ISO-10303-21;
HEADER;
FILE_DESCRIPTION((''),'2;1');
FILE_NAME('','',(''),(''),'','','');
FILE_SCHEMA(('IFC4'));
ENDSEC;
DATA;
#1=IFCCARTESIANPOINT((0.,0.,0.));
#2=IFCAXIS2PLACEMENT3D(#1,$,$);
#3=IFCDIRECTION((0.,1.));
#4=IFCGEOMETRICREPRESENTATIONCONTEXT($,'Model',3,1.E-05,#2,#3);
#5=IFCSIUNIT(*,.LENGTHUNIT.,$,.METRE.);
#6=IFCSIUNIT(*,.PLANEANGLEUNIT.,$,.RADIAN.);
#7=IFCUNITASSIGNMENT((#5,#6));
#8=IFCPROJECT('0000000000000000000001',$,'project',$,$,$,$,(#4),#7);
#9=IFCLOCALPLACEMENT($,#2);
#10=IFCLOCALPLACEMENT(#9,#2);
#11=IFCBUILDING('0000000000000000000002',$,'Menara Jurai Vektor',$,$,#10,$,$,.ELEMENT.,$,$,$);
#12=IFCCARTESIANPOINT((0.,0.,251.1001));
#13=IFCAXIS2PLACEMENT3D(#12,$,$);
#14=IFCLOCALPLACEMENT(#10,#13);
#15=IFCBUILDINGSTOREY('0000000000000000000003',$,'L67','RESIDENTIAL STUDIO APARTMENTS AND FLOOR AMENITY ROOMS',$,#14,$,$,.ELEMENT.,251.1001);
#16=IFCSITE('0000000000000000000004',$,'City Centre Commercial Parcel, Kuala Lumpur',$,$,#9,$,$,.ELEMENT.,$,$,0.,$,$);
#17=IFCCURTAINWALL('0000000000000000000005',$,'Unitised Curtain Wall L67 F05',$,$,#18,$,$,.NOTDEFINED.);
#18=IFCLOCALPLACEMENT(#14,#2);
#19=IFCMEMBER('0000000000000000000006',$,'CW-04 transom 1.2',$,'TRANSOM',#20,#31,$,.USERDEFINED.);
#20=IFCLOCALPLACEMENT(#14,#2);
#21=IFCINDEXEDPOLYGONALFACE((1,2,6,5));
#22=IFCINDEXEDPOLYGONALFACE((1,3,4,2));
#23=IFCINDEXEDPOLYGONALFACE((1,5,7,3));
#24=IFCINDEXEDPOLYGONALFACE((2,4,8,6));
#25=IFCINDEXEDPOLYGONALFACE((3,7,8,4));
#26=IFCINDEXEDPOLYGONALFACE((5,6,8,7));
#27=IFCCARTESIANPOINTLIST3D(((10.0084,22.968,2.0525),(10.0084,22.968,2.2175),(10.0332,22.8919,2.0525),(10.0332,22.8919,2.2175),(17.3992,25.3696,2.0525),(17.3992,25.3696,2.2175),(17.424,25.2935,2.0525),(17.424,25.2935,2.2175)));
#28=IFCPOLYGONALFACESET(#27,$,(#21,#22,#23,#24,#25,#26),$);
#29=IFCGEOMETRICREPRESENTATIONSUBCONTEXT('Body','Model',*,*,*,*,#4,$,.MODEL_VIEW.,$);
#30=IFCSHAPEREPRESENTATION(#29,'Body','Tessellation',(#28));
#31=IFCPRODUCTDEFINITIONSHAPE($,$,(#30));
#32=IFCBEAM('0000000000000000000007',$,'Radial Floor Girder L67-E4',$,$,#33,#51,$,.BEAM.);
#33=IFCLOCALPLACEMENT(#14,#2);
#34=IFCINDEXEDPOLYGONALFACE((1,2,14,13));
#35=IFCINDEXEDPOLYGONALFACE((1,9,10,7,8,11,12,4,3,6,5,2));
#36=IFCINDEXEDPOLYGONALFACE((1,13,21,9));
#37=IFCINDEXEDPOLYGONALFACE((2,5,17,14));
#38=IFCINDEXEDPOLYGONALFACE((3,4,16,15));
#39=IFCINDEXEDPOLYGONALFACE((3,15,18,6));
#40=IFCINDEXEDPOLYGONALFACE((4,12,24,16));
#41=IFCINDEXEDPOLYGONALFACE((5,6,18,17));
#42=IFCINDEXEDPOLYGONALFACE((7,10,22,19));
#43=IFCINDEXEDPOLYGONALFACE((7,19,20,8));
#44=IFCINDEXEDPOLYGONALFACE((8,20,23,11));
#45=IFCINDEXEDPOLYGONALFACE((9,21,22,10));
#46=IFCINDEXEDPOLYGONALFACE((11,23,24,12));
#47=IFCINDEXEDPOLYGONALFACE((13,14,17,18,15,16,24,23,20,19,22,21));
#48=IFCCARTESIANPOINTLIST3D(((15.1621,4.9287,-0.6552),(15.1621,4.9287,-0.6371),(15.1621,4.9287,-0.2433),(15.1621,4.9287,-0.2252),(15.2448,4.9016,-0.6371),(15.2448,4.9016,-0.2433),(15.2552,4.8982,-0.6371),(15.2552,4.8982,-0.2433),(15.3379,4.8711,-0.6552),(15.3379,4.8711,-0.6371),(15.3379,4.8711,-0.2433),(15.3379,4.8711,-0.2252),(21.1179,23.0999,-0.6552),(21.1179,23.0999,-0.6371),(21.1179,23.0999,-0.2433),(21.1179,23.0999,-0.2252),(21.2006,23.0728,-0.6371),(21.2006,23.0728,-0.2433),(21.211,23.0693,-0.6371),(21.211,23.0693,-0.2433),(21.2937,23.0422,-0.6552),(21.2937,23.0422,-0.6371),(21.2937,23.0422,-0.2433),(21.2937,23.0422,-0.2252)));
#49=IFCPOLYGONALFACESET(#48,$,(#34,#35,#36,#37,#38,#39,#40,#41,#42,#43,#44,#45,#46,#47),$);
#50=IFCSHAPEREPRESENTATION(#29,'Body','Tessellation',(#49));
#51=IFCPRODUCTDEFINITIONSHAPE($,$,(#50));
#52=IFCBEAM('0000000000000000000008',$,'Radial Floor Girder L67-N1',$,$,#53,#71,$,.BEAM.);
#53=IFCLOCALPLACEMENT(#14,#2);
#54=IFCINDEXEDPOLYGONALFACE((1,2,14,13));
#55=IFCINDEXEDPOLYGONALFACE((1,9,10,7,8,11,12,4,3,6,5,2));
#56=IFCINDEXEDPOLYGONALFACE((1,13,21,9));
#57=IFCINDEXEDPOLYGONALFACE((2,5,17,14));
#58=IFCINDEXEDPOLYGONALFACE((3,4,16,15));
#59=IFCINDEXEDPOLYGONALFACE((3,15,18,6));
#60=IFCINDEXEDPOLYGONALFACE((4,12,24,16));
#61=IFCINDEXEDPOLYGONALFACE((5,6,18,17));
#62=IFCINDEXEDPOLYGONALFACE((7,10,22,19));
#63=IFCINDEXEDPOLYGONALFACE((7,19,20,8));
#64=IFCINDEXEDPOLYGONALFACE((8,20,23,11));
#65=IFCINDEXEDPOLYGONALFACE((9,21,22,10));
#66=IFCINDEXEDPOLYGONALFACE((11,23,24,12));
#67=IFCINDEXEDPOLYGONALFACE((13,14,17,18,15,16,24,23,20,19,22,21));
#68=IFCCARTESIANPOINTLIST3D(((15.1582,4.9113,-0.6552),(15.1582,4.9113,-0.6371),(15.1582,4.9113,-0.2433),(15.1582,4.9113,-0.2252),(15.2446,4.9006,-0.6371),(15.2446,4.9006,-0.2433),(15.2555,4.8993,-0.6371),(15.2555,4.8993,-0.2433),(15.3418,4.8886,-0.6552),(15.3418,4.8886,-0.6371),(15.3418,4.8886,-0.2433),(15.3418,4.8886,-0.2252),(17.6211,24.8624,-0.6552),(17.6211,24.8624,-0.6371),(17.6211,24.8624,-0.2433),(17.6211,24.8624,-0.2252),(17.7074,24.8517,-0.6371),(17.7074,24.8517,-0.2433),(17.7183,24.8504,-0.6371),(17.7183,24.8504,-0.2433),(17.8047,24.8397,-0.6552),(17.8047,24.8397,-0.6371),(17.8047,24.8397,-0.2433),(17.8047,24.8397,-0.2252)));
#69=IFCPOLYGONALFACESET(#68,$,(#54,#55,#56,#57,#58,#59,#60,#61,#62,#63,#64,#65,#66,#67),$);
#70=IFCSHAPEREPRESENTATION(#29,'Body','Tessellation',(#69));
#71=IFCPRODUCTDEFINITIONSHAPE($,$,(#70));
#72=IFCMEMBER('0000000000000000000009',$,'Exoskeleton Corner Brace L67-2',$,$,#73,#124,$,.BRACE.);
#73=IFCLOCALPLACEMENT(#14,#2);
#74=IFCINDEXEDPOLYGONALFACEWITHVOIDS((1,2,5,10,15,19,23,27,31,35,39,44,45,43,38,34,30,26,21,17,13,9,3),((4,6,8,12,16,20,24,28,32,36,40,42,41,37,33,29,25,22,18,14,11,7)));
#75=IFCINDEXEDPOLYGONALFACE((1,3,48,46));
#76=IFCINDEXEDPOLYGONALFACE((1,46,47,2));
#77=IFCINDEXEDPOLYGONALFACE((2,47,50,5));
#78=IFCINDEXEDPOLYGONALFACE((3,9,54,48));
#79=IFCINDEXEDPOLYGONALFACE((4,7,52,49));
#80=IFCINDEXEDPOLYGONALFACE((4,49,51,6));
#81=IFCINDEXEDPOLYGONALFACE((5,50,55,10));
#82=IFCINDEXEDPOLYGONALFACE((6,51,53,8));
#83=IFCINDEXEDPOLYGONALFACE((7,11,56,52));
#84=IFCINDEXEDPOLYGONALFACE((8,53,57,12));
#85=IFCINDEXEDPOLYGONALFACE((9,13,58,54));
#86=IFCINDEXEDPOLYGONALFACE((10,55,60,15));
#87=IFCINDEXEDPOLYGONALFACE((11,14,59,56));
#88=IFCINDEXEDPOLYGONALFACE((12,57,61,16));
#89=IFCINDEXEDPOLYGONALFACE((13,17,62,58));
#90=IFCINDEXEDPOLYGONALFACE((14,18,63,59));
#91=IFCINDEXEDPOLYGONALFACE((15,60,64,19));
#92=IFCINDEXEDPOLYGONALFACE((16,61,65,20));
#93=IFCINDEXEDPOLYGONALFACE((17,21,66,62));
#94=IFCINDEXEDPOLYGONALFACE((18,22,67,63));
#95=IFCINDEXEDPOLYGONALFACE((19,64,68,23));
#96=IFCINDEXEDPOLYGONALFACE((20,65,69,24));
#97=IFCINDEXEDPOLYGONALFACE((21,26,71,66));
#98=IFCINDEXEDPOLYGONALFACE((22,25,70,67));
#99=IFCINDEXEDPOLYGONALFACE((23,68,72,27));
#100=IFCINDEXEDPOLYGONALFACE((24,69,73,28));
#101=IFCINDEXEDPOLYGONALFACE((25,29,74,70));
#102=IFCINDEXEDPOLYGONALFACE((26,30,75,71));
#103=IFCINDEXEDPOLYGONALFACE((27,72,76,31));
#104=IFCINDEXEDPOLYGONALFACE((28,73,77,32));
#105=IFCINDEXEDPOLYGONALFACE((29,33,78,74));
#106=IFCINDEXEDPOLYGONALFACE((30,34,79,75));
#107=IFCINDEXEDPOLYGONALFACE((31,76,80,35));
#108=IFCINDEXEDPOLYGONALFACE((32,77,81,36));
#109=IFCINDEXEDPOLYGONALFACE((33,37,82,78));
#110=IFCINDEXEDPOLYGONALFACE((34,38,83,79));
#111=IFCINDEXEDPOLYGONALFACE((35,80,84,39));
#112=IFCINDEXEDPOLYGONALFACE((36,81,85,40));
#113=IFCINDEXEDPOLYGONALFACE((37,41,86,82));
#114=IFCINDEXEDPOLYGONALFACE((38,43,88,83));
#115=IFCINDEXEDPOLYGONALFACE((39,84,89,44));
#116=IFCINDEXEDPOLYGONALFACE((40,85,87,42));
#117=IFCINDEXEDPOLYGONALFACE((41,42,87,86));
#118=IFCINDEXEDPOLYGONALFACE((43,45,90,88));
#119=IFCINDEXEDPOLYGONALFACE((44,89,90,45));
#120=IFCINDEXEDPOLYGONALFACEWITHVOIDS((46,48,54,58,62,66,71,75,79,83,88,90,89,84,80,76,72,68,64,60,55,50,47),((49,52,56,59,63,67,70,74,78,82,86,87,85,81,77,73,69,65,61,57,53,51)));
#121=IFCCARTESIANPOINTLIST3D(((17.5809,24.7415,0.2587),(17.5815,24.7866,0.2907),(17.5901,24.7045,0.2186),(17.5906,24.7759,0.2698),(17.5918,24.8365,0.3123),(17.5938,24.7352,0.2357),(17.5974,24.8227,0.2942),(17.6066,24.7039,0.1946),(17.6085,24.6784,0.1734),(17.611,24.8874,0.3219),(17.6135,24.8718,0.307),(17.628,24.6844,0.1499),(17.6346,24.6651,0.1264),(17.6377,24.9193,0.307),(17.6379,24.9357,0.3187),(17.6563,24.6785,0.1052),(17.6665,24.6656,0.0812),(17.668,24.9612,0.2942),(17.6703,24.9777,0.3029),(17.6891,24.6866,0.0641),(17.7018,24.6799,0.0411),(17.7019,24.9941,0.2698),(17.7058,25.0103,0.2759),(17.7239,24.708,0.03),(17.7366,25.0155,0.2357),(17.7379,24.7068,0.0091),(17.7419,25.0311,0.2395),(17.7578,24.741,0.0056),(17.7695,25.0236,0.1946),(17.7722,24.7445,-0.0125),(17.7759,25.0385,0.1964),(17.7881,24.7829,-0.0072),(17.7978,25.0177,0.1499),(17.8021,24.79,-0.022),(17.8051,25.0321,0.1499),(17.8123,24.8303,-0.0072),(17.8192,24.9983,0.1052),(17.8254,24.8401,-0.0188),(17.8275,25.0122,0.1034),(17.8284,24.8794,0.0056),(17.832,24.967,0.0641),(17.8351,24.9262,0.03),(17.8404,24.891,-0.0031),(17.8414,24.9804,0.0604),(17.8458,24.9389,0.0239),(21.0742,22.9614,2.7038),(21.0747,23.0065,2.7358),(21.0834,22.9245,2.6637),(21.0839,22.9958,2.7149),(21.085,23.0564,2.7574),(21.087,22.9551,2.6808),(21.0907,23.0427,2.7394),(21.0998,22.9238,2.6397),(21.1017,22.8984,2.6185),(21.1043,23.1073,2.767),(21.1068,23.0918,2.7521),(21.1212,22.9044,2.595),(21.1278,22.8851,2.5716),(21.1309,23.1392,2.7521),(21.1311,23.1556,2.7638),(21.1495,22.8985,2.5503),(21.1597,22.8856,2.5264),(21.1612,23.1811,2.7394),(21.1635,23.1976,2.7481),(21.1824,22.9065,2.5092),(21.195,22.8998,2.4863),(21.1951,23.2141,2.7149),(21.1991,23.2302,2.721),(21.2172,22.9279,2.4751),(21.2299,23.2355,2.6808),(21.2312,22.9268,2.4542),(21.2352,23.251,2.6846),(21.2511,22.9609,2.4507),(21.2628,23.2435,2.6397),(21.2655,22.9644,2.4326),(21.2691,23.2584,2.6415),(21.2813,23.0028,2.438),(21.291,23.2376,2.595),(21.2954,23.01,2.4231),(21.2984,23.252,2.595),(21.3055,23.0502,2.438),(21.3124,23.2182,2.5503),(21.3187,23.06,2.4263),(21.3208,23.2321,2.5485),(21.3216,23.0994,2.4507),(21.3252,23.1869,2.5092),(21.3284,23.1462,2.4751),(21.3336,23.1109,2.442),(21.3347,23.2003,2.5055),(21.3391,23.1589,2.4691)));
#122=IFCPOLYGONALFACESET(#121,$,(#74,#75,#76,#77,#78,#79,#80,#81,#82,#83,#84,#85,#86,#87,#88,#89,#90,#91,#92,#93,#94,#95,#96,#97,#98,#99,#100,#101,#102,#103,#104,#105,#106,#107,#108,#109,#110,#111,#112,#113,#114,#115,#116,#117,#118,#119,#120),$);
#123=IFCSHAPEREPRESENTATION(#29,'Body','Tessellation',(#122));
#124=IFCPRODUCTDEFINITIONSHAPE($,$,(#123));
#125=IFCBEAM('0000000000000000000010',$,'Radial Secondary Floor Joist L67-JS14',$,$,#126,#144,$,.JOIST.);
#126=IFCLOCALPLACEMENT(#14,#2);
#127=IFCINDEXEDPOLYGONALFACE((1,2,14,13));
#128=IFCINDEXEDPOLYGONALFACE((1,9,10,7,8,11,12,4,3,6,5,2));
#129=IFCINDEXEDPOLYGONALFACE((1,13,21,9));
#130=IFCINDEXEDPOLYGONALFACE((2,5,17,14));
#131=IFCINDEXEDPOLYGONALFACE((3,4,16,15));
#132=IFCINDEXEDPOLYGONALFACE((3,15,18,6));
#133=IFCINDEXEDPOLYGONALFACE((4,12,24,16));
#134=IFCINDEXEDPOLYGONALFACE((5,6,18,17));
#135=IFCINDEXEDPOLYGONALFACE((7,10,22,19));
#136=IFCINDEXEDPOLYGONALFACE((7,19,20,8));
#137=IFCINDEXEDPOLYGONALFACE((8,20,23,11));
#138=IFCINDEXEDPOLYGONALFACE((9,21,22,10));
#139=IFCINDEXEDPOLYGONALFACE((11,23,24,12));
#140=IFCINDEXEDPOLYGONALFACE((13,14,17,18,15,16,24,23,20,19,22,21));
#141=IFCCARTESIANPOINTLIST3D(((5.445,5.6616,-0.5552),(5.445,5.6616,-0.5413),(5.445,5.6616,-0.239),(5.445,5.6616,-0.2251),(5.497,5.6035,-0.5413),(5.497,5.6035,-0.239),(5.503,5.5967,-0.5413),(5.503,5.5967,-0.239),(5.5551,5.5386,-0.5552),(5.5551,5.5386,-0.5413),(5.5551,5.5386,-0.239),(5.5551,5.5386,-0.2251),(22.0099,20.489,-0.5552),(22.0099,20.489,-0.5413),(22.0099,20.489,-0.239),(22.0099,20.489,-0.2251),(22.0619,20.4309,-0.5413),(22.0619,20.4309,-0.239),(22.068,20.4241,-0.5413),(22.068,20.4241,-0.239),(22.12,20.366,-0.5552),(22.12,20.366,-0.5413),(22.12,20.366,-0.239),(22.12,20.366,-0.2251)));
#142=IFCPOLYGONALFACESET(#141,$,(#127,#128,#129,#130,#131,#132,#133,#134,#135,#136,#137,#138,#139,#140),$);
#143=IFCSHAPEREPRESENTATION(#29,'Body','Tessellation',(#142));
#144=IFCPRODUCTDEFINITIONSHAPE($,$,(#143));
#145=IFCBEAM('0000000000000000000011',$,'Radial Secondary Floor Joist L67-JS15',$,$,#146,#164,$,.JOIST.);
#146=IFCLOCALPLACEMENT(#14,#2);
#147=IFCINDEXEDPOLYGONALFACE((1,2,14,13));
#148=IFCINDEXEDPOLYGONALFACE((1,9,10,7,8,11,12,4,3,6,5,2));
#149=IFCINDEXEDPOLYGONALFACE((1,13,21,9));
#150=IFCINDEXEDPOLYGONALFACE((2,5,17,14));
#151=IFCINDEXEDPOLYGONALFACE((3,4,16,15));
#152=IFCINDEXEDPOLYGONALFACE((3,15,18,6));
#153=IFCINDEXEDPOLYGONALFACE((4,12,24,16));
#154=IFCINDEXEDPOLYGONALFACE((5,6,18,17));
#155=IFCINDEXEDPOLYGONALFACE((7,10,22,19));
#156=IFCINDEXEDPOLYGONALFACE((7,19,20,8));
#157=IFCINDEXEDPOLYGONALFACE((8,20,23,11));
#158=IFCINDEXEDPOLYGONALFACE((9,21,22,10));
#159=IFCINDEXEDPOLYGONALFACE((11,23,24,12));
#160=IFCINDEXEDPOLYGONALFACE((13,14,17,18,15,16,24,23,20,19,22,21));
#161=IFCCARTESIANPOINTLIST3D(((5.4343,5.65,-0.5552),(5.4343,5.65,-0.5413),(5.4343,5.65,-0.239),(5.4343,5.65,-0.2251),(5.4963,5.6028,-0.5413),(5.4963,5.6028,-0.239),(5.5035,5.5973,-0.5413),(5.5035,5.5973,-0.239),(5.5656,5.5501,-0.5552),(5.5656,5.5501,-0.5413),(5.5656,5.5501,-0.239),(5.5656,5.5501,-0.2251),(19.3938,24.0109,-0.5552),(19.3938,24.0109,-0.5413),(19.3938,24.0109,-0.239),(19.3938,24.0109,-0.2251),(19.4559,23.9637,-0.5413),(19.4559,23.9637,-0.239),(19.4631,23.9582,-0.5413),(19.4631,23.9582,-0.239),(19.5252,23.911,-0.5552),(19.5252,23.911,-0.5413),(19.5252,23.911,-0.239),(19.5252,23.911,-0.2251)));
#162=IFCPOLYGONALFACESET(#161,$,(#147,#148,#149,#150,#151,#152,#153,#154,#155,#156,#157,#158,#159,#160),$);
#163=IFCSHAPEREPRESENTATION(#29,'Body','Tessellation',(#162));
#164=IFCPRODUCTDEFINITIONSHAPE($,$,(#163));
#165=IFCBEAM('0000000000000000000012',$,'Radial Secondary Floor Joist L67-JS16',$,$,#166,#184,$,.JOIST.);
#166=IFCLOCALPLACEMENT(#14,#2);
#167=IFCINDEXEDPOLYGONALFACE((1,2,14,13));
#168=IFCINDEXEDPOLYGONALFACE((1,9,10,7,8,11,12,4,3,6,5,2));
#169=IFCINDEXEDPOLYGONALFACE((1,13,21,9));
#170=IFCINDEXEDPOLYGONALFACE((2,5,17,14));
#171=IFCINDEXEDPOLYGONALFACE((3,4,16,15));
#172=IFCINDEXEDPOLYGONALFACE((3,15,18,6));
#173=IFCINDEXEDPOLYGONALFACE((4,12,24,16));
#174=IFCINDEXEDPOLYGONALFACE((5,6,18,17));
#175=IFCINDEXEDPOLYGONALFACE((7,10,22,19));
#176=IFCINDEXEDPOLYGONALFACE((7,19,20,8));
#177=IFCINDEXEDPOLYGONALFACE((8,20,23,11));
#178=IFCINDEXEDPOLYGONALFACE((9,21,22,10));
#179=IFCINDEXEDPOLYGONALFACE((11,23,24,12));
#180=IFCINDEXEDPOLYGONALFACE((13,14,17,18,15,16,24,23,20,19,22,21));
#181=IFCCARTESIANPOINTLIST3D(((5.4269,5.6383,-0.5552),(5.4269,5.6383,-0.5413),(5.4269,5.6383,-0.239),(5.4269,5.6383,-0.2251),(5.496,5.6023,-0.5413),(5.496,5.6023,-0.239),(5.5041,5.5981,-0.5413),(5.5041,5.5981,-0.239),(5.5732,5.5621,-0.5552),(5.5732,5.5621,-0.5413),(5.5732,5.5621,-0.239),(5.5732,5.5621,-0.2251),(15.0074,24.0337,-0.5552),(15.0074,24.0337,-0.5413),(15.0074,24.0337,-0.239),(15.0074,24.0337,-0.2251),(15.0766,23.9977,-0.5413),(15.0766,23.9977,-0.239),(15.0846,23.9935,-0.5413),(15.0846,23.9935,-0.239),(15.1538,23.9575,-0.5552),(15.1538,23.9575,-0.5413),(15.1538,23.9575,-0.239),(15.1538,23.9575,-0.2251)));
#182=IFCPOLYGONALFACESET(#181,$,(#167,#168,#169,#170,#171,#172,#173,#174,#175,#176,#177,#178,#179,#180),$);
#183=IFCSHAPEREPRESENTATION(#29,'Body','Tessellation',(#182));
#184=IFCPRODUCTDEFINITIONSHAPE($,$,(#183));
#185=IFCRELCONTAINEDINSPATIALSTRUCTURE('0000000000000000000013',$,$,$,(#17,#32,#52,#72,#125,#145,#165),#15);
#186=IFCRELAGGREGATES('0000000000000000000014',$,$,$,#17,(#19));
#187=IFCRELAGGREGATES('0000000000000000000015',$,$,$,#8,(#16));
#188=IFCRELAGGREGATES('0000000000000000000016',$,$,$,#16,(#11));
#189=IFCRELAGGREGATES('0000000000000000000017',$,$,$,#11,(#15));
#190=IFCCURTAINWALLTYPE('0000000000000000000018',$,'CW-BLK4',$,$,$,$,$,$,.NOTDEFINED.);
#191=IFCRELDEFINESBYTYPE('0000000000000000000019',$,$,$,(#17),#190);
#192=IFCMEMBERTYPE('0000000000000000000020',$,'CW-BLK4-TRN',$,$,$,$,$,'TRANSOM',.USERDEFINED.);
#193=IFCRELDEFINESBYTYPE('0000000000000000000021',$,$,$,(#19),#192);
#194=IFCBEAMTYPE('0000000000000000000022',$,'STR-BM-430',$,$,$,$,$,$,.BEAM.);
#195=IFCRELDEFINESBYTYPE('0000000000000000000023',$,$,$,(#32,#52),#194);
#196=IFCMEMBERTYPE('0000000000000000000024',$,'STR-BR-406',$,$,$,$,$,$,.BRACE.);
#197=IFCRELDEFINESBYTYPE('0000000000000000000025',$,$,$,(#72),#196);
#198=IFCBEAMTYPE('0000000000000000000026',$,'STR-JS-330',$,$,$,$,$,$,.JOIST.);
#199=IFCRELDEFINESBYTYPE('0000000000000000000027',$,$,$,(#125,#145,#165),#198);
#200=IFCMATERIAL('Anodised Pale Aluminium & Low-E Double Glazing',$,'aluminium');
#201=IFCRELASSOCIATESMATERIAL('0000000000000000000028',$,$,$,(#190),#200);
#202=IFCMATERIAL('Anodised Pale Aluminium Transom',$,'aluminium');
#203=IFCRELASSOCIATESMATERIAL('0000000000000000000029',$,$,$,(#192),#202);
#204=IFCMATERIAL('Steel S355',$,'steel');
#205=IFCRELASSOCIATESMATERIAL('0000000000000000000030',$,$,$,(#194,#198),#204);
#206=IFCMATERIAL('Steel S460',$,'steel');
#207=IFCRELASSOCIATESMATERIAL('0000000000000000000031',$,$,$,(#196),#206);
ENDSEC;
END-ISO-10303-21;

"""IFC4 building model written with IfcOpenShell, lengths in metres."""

from ifc_helpers import new_model, si_unit, direction, frame, origin, origin_2d, place, context, subcontext, project, spatial, rectangle, hollow_circle, i_section, extrude, material, material_profile, profile_set, type_object, element, aggregate, save


model = new_model("IFC4")

# Units and contexts
model_context = context("Model", 3, precision=1e-05, world=origin(), true_north=direction((0.0, 1.0)))
body_context = subcontext(model_context, "Body", "Model", "MODEL_VIEW")
ifc_project = project(units=[si_unit("LENGTHUNIT", "METRE"), si_unit("PLANEANGLEUNIT", "RADIAN")], contexts=[model_context])

# Site, building, storey
site_placement = place(None, origin())
site = spatial("IfcSite", under=ifc_project, at=site_placement, Name="City Centre Commercial Parcel, Kuala Lumpur", CompositionType="ELEMENT", RefElevation=0.0)
building_placement = place(site_placement, origin())
building = spatial("IfcBuilding", under=site, at=building_placement, Name="Menara Jurai Vektor", CompositionType="ELEMENT")
storey_placement = place(building_placement, frame((0.0, 0.0, 251.1001)))
storey = spatial("IfcBuildingStorey", under=building, at=storey_placement, Name="L67", Description="RESIDENTIAL STUDIO APARTMENTS AND FLOOR AMENITY ROOMS", CompositionType="ELEMENT", Elevation=251.1001)

# Shared definitions
ifc_material_1 = material(Name="Steel S460", Category="steel")

# Shared definitions
ifc_material_2 = material(Name="Anodised Pale Aluminium & Low-E Double Glazing", Category="aluminium")
curtain_wall_type = type_object("IfcCurtainWallType", Name="CW-BLK4", PredefinedType="NOTDEFINED", material=ifc_material_2)

# Curtain wall
curtain_wall_1_placement = place(storey_placement, origin())
curtain_wall_1 = element("IfcCurtainWall", 1, at=curtain_wall_1_placement, inside=storey, type_object=curtain_wall_type, Name="Unitised Curtain Wall L67 F05", PredefinedType="NOTDEFINED")

# Member
ifc_material_3 = material(Name="Anodised Pale Aluminium Transom", Category="aluminium")
ifc_material_profile_1 = material_profile(ifc_material_3, rectangle(XDim=0.0801, YDim=0.165, at=origin_2d()), Name="ALU TRN 80x165")
ifc_profile_set_1 = profile_set([ifc_material_profile_1], Name="Anodised Pale Aluminium Transom")
member_type_1 = type_object("IfcMemberType", Name="CW-BLK4-TRN", ElementType="TRANSOM", PredefinedType="USERDEFINED", material=ifc_profile_set_1)
member_1_placement = place(storey_placement, frame((17.4116, 25.3315, 2.135), z_axis=(-0.95105, -0.309037, 0.0), x_axis=(0.309037, -0.95105, 0.0)))
member_1 = element("IfcMember", 2, at=member_1_placement, type_object=member_type_1, Name="CW-04 transom 1.2", ObjectType="TRANSOM", PredefinedType="USERDEFINED", context=body_context, shape_type="SweptSolid", body=[
    extrude(rectangle(XDim=0.0801, YDim=0.165, at=origin_2d()), origin(), (0.0, 0.0, 1.0), 7.7712),
])

# Beams
ifc_material_4 = material(Name="Steel S355", Category="steel")
ifc_material_profile_2 = material_profile(ifc_material_4, i_section(OverallWidth=0.1851, OverallDepth=0.4299, WebThickness=0.011, FlangeThickness=0.0181, at=origin_2d()), Name="PG 430x185x76")
ifc_profile_set_2 = profile_set([ifc_material_profile_2], Name="Steel S355")
beam_type_1 = type_object("IfcBeamType", Name="STR-BM-430", PredefinedType="BEAM", material=ifc_profile_set_2)
beam_1_placement = place(storey_placement, frame((21.2058, 23.071, -0.4402), z_axis=(-0.311459, -0.95026, 0.0), x_axis=(0.95026, -0.311459, 0.0)))
element("IfcBeam", 3, at=beam_1_placement, inside=storey, type_object=beam_type_1, Name="Radial Floor Girder L67-E4", PredefinedType="BEAM", context=body_context, shape_type="SweptSolid", body=[
    extrude(i_section(OverallWidth=0.1851, OverallDepth=0.4299, WebThickness=0.011, FlangeThickness=0.0181, at=origin_2d()), origin(), (0.0, 0.0, 1.0), 19.1223),
])
beam_2_placement = place(storey_placement, frame((17.7129, 24.8511, -0.4402), z_axis=(-0.122516, -0.992467, 0.0), x_axis=(0.992467, -0.122516, 0.0)))
element("IfcBeam", 4, at=beam_2_placement, inside=storey, type_object=beam_type_1, Name="Radial Floor Girder L67-N1", PredefinedType="BEAM", context=body_context, shape_type="SweptSolid", body=[
    extrude(i_section(OverallWidth=0.1851, OverallDepth=0.4299, WebThickness=0.011, FlangeThickness=0.0181, at=origin_2d()), origin(), (0.0, 0.0, 1.0), 20.1025),
])

# Member
ifc_material_profile_3 = material_profile(ifc_material_1, hollow_circle(Radius=0.2031, WallThickness=0.0161, at=origin_2d()), Name="CHS 406.4x16")
ifc_profile_set_3 = profile_set([ifc_material_profile_3], Name="Steel S460")
member_type_2 = type_object("IfcMemberType", Name="STR-BR-406", PredefinedType="BRACE", material=ifc_profile_set_3)
member_2_placement = place(storey_placement, frame((17.7129, 24.8511, 0.1499), z_axis=(0.756014, -0.385246, 0.529178), x_axis=(0.454026, 0.890989, 0.0)))
element("IfcMember", 5, at=member_2_placement, inside=storey, type_object=member_type_2, Name="Exoskeleton Corner Brace L67-2", PredefinedType="BRACE", context=body_context, shape_type="SweptSolid", body=[
    extrude(hollow_circle(Radius=0.2031, WallThickness=0.0161, at=origin_2d()), origin(), (0.0, 0.0, 1.0), 4.6206),
])

# Beams
ifc_material_profile_4 = material_profile(ifc_material_4, i_section(OverallWidth=0.165, OverallDepth=0.3301, WebThickness=0.009, FlangeThickness=0.0139, at=origin_2d()), Name="PG 330x165x46")
ifc_profile_set_4 = profile_set([ifc_material_profile_4], Name="Steel S355")
beam_type_2 = type_object("IfcBeamType", Name="STR-JS-330", PredefinedType="JOIST", material=ifc_profile_set_4)
beam_3_placement = place(storey_placement, frame((22.0649, 20.4275, -0.3901), z_axis=(-0.745104, -0.666948, 0.0), x_axis=(0.666948, -0.745104, 0.0)))
element("IfcBeam", 6, at=beam_3_placement, inside=storey, type_object=beam_type_2, Name="Radial Secondary Floor Joist L67-JS14", PredefinedType="JOIST", context=body_context, shape_type="SweptSolid", body=[
    extrude(i_section(OverallWidth=0.165, OverallDepth=0.3301, WebThickness=0.009, FlangeThickness=0.0139, at=origin_2d()), origin(), (0.0, 0.0, 1.0), 22.2317),
])
beam_4_placement = place(storey_placement, frame((19.4595, 23.9609, -0.3901), z_axis=(-0.605227, -0.796053, 0.0), x_axis=(0.796053, -0.605227, 0.0)))
element("IfcBeam", 7, at=beam_4_placement, inside=storey, type_object=beam_type_2, Name="Radial Secondary Floor Joist L67-JS15", PredefinedType="JOIST", context=body_context, shape_type="SweptSolid", body=[
    extrude(i_section(OverallWidth=0.165, OverallDepth=0.3301, WebThickness=0.009, FlangeThickness=0.0139, at=origin_2d()), origin(), (0.0, 0.0, 1.0), 23.0649),
])
beam_5_placement = place(storey_placement, frame((15.0806, 23.9956, -0.3901), z_axis=(-0.461918, -0.886923, 0.0), x_axis=(0.886923, -0.461918, 0.0)))
element("IfcBeam", 8, at=beam_5_placement, inside=storey, type_object=beam_type_2, Name="Radial Secondary Floor Joist L67-JS16", PredefinedType="JOIST", context=body_context, shape_type="SweptSolid", body=[
    extrude(i_section(OverallWidth=0.165, OverallDepth=0.3301, WebThickness=0.009, FlangeThickness=0.0139, at=origin_2d()), origin(), (0.0, 0.0, 1.0), 20.7407),
])

aggregate(curtain_wall_1, [member_1])

save(model, "model.ifc")
